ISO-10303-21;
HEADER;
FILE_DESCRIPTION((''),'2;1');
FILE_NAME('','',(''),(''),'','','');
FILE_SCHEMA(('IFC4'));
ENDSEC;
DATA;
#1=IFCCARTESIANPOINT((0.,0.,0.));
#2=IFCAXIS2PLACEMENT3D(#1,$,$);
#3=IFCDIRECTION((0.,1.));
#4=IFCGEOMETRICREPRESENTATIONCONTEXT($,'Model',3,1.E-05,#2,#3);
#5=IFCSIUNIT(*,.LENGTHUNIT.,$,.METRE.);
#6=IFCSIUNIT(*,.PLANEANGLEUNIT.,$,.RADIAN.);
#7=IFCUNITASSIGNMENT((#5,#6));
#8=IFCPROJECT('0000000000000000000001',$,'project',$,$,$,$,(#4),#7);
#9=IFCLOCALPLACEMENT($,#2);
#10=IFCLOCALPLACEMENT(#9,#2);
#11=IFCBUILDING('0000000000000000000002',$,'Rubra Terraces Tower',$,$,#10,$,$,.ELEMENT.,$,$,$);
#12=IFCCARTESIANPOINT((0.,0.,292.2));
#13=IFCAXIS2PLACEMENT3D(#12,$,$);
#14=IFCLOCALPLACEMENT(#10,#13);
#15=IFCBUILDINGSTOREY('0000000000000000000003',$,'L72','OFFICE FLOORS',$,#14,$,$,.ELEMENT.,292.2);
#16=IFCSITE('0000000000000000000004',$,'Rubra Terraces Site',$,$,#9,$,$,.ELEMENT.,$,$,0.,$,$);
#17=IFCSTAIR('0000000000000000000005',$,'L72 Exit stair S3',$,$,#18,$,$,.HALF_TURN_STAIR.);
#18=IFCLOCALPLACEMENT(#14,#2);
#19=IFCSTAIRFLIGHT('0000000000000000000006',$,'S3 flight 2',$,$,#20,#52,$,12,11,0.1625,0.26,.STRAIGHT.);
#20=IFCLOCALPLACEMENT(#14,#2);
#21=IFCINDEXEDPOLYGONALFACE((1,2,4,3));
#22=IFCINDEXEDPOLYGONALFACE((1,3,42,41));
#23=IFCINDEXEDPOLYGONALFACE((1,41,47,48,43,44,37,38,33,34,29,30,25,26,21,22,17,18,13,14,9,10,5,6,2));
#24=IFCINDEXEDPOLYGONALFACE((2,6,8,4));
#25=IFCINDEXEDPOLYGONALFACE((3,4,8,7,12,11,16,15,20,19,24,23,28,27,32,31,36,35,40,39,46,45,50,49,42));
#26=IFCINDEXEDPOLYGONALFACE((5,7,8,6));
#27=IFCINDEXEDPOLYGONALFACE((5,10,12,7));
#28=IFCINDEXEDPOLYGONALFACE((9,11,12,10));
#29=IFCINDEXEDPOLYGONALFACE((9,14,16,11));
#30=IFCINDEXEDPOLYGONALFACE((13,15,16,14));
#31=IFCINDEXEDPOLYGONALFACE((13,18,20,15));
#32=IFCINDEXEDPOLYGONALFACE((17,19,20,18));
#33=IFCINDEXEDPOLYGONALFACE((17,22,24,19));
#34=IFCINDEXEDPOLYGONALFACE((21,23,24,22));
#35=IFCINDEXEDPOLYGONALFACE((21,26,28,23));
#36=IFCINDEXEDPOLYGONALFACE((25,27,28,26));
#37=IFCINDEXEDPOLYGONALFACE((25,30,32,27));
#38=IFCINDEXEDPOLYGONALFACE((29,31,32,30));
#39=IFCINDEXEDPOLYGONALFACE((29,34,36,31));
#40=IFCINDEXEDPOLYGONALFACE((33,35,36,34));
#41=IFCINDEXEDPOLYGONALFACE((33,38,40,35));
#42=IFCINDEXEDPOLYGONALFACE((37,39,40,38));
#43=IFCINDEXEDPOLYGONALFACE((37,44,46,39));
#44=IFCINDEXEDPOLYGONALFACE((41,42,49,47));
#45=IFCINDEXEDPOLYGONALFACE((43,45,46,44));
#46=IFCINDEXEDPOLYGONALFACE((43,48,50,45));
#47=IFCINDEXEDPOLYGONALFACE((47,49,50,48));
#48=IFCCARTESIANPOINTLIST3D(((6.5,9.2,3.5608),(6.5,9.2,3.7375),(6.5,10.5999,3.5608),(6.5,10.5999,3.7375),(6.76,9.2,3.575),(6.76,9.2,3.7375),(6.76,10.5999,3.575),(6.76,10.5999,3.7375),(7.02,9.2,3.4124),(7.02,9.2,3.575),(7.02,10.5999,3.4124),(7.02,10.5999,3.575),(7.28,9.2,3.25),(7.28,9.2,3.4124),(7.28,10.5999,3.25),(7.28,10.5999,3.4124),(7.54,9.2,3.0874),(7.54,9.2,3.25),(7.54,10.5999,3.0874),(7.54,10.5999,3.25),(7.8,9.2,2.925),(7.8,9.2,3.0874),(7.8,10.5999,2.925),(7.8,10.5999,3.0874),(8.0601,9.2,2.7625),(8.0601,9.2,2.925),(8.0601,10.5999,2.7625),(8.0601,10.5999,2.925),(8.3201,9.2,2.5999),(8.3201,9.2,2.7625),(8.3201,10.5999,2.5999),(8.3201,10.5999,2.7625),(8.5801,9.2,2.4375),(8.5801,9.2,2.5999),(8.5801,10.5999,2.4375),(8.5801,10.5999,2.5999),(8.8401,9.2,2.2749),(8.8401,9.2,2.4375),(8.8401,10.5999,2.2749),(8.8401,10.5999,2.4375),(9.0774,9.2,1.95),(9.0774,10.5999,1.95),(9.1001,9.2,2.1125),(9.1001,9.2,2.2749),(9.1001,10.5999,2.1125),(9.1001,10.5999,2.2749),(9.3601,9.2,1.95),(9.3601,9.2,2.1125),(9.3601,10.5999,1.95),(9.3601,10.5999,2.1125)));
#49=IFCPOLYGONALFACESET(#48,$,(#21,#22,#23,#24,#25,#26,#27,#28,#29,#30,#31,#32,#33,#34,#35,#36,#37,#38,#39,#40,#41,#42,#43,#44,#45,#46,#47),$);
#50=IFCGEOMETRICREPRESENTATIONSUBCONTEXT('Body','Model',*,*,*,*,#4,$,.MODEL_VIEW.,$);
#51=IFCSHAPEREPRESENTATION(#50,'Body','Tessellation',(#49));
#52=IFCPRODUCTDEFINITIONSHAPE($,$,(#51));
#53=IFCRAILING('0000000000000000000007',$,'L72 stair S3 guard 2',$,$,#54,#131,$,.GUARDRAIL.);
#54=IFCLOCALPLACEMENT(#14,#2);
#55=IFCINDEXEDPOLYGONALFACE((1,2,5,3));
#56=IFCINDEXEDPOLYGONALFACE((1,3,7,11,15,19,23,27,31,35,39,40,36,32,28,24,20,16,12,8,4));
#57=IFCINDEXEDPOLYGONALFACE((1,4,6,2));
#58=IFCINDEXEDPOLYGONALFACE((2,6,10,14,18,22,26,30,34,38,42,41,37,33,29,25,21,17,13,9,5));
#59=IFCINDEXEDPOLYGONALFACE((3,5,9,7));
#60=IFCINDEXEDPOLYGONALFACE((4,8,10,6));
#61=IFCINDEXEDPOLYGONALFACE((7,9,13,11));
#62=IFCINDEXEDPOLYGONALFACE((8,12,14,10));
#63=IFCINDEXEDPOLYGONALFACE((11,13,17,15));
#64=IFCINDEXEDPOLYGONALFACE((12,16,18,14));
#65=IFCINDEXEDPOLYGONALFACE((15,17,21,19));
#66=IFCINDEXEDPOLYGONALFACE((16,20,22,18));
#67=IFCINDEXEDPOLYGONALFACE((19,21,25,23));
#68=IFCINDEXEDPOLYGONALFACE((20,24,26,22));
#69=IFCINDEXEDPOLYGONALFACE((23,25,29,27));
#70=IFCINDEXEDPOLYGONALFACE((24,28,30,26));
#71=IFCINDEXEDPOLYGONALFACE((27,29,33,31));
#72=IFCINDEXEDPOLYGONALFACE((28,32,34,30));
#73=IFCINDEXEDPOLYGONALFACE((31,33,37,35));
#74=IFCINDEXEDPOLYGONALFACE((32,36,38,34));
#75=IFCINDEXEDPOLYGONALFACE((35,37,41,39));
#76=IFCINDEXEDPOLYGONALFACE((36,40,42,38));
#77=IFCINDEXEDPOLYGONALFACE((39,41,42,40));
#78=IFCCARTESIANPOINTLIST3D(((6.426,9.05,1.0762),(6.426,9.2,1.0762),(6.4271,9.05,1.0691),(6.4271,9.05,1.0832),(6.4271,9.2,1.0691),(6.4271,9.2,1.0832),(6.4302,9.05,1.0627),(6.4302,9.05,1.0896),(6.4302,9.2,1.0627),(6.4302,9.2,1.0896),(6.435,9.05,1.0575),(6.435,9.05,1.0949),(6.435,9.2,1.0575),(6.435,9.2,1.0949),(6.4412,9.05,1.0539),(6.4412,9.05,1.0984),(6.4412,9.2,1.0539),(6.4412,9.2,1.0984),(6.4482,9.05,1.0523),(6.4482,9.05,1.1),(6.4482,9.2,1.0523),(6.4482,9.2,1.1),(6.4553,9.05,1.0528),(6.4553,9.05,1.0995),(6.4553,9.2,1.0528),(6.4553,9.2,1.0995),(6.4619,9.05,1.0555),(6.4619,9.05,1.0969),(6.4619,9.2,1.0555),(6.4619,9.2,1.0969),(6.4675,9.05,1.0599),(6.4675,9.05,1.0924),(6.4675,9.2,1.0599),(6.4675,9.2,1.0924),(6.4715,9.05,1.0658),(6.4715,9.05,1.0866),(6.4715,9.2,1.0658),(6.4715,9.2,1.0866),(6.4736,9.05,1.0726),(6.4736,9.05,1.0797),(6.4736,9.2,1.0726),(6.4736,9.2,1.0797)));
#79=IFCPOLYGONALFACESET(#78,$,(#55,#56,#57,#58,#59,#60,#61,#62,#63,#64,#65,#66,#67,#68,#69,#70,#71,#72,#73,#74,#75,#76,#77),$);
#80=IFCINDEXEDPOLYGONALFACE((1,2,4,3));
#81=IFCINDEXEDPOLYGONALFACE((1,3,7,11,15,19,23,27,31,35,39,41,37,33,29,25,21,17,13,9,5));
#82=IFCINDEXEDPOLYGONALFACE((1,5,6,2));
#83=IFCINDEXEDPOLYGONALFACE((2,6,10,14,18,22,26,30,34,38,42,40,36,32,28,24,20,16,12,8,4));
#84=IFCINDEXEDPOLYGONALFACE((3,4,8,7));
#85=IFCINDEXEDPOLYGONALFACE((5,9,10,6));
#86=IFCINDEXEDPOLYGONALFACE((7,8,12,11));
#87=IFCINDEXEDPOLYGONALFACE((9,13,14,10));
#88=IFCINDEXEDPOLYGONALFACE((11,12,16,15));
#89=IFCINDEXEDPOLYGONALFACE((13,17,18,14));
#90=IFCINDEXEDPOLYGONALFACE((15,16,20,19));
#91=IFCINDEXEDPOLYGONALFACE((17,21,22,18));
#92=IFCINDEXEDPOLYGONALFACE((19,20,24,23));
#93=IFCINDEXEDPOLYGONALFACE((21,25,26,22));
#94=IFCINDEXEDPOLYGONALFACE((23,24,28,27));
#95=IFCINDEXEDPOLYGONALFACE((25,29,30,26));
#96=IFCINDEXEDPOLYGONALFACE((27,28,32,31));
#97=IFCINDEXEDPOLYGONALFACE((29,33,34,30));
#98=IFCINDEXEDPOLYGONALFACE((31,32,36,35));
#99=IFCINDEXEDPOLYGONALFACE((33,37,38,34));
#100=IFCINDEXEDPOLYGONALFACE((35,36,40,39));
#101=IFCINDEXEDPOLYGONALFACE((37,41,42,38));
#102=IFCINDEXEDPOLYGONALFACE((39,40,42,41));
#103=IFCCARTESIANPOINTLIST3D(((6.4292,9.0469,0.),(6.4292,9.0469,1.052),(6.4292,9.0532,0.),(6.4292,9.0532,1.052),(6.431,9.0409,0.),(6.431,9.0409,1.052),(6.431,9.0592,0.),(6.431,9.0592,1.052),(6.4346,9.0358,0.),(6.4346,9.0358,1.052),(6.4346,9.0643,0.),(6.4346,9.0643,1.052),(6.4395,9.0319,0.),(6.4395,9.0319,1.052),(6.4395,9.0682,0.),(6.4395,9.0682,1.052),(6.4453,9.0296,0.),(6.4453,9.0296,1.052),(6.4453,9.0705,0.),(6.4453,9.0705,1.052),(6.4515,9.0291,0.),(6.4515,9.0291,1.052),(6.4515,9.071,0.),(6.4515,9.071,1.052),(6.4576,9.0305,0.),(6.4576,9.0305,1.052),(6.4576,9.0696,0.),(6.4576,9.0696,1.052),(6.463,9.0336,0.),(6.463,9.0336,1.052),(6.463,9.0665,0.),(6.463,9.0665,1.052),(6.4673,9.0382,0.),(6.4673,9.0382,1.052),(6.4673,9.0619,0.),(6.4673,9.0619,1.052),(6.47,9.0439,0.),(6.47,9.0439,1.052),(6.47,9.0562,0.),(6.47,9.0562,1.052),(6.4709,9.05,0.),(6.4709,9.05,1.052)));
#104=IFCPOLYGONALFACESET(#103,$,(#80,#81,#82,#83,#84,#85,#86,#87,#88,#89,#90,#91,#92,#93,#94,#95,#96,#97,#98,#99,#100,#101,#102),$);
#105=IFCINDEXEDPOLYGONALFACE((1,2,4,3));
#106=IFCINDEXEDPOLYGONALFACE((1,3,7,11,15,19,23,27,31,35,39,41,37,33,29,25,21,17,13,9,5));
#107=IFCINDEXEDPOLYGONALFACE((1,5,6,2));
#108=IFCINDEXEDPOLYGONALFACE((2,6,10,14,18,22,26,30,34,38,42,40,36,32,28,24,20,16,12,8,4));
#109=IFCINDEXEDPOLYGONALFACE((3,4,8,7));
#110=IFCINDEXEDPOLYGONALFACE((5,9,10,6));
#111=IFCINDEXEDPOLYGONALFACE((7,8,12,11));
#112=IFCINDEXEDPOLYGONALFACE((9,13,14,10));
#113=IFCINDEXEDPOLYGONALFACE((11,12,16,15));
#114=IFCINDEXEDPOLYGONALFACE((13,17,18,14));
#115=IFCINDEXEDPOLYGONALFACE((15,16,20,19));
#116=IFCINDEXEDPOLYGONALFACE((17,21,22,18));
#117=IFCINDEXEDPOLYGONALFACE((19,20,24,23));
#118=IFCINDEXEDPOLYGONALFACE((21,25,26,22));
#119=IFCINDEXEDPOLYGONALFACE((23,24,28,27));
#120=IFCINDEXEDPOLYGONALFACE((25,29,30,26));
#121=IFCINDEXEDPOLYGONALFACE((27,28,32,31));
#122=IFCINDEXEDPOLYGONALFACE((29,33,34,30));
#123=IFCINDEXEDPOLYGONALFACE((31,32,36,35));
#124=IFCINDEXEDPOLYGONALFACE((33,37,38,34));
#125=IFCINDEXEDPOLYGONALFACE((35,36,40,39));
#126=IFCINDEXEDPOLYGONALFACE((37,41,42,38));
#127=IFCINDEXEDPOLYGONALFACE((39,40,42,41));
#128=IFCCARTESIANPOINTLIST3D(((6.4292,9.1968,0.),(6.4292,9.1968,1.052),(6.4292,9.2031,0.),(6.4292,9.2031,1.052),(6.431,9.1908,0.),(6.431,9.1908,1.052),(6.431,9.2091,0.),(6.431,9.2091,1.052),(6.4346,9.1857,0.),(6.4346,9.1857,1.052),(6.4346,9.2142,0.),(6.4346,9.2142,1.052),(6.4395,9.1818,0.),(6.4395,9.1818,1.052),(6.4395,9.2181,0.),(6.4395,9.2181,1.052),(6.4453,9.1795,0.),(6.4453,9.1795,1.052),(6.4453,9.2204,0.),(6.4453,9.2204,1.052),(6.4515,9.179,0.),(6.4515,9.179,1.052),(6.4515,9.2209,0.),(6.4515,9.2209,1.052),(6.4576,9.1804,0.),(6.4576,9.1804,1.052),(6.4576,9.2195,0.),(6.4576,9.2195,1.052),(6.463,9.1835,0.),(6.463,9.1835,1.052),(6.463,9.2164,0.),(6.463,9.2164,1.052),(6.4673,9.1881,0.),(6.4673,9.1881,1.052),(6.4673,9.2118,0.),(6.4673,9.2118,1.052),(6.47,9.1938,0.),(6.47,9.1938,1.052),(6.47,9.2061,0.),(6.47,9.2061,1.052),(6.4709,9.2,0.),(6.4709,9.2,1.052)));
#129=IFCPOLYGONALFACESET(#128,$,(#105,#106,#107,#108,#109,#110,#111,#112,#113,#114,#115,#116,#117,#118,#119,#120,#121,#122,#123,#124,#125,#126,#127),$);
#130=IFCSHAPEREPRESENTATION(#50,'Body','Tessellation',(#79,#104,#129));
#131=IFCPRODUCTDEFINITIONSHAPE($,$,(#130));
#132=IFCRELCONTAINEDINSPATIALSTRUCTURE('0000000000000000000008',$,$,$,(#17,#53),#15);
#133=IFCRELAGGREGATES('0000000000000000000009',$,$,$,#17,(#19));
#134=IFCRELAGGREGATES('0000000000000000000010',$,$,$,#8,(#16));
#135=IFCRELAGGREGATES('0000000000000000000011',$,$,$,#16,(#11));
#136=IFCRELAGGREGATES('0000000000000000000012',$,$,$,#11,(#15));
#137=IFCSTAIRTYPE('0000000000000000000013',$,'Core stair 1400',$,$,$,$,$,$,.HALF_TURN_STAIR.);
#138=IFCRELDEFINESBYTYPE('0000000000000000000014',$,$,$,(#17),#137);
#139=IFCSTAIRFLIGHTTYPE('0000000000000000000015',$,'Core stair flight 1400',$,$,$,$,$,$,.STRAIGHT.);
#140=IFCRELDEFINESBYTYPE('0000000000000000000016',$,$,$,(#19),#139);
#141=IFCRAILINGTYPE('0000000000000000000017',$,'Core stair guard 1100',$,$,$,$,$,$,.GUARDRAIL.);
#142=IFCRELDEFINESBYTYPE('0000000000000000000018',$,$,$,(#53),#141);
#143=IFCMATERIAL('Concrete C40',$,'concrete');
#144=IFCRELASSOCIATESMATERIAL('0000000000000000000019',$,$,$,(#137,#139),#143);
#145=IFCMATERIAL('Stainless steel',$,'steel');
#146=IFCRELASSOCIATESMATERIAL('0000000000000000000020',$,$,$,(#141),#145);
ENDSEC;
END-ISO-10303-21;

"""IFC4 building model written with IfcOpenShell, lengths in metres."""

from ifc_helpers import new_model, si_unit, direction, frame, origin, origin_2d, place, context, subcontext, project, spatial, polyline, circle, outline, extrude, material, type_object, element, aggregate, save


model = new_model("IFC4")

# Units and contexts
model_context = context("Model", 3, precision=1e-05, world=origin(), true_north=direction((0.0, 1.0)))
body_context = subcontext(model_context, "Body", "Model", "MODEL_VIEW")
ifc_project = project(units=[si_unit("LENGTHUNIT", "METRE"), si_unit("PLANEANGLEUNIT", "RADIAN")], contexts=[model_context])

# Site, building, storey
site_placement = place(None, origin())
site = spatial("IfcSite", under=ifc_project, at=site_placement, Name="Rubra Terraces Site", CompositionType="ELEMENT", RefElevation=0.0)
building_placement = place(site_placement, origin())
building = spatial("IfcBuilding", under=site, at=building_placement, Name="Rubra Terraces Tower", CompositionType="ELEMENT")
storey_placement = place(building_placement, frame((0.0, 0.0, 292.2)))
storey = spatial("IfcBuildingStorey", under=building, at=storey_placement, Name="L72", Description="OFFICE FLOORS", CompositionType="ELEMENT", Elevation=292.2)

# Shared definitions
ifc_material_1 = material(Name="Concrete C40", Category="concrete")

# Shared definitions
ifc_material_2 = material(Name="Stainless steel", Category="steel")

# Stair, stair flight
stair_type = type_object("IfcStairType", Name="Core stair 1400", PredefinedType="HALF_TURN_STAIR", material=ifc_material_1)
stair_placement = place(storey_placement, origin())
stair = element("IfcStair", 1, at=stair_placement, inside=storey, type_object=stair_type, Name="L72 Exit stair S3", PredefinedType="HALF_TURN_STAIR")
stair_flight_type = type_object("IfcStairFlightType", Name="Core stair flight 1400", PredefinedType="STRAIGHT", material=ifc_material_1)
stair_flight_1_placement = place(storey_placement, frame((9.3601, 9.8999, 1.95), z_axis=(0.0, 0.0, 1.0), x_axis=(-1.0, 0.0, 0.0)))
stair_flight_1 = element("IfcStairFlight", 2, at=stair_flight_1_placement, type_object=stair_flight_type, Name="S3 flight 2", NumberOfRisers=12, NumberOfTreads=11, PredefinedType="STRAIGHT", RiserHeight=0.1625, TreadLength=0.26, context=body_context, shape_type="SweptSolid", body=[
    extrude(outline(polyline([(0.0, 0.0), (0.0, 0.1626), (0.26, 0.1626), (0.26, 0.325), (0.52, 0.325), (0.52, 0.4875), (0.78, 0.4875), (0.78, 0.6499), (1.04, 0.6499), (1.04, 0.8125), (1.3, 0.8125), (1.3, 0.9751), (1.5601, 0.9751), (1.5601, 1.1375), (1.8201, 1.1375), (1.8201, 1.3), (2.0801, 1.3), (2.0801, 1.4624), (2.3401, 1.4624), (2.3401, 1.625), (2.6001, 1.625), (2.6001, 1.7876), (2.8601, 1.7876), (2.8601, 1.95), (2.8601, 1.6108), (0.2827, 0.0), (0.0, 0.0)])), frame((0.0, 0.7, 0.0), z_axis=(0.0, -1.0, 0.0), x_axis=(1.0, 0.0, 0.0)), (0.0, 0.0, 1.0), 1.3999),
])
aggregate(stair, [stair_flight_1])

# Railing
railing_type_1 = type_object("IfcRailingType", Name="Core stair guard 1100", PredefinedType="GUARDRAIL", material=ifc_material_2)
railing_1_placement = place(storey_placement, frame((6.45, 9.05, 0.0)))
element("IfcRailing", 3, at=railing_1_placement, inside=storey, type_object=railing_type_1, Name="L72 stair S3 guard 2", PredefinedType="GUARDRAIL", context=body_context, shape_type="SweptSolid", body=[
    extrude(circle(Radius=0.0239, at=origin_2d()), frame((0.0, 0.0, 1.0762), z_axis=(0.0, 1.0, 0.0), x_axis=(-1.0, 0.0, 0.0)), (0.0, 0.0, 1.0), 0.1499),
    extrude(circle(Radius=0.021, at=origin_2d()), origin(), (0.0, 0.0, 1.0), 1.052),
    extrude(circle(Radius=0.021, at=origin_2d()), frame((0.0, 0.1499, 0.0)), (0.0, 0.0, 1.0), 1.052),
])

save(model, "model.ifc")
